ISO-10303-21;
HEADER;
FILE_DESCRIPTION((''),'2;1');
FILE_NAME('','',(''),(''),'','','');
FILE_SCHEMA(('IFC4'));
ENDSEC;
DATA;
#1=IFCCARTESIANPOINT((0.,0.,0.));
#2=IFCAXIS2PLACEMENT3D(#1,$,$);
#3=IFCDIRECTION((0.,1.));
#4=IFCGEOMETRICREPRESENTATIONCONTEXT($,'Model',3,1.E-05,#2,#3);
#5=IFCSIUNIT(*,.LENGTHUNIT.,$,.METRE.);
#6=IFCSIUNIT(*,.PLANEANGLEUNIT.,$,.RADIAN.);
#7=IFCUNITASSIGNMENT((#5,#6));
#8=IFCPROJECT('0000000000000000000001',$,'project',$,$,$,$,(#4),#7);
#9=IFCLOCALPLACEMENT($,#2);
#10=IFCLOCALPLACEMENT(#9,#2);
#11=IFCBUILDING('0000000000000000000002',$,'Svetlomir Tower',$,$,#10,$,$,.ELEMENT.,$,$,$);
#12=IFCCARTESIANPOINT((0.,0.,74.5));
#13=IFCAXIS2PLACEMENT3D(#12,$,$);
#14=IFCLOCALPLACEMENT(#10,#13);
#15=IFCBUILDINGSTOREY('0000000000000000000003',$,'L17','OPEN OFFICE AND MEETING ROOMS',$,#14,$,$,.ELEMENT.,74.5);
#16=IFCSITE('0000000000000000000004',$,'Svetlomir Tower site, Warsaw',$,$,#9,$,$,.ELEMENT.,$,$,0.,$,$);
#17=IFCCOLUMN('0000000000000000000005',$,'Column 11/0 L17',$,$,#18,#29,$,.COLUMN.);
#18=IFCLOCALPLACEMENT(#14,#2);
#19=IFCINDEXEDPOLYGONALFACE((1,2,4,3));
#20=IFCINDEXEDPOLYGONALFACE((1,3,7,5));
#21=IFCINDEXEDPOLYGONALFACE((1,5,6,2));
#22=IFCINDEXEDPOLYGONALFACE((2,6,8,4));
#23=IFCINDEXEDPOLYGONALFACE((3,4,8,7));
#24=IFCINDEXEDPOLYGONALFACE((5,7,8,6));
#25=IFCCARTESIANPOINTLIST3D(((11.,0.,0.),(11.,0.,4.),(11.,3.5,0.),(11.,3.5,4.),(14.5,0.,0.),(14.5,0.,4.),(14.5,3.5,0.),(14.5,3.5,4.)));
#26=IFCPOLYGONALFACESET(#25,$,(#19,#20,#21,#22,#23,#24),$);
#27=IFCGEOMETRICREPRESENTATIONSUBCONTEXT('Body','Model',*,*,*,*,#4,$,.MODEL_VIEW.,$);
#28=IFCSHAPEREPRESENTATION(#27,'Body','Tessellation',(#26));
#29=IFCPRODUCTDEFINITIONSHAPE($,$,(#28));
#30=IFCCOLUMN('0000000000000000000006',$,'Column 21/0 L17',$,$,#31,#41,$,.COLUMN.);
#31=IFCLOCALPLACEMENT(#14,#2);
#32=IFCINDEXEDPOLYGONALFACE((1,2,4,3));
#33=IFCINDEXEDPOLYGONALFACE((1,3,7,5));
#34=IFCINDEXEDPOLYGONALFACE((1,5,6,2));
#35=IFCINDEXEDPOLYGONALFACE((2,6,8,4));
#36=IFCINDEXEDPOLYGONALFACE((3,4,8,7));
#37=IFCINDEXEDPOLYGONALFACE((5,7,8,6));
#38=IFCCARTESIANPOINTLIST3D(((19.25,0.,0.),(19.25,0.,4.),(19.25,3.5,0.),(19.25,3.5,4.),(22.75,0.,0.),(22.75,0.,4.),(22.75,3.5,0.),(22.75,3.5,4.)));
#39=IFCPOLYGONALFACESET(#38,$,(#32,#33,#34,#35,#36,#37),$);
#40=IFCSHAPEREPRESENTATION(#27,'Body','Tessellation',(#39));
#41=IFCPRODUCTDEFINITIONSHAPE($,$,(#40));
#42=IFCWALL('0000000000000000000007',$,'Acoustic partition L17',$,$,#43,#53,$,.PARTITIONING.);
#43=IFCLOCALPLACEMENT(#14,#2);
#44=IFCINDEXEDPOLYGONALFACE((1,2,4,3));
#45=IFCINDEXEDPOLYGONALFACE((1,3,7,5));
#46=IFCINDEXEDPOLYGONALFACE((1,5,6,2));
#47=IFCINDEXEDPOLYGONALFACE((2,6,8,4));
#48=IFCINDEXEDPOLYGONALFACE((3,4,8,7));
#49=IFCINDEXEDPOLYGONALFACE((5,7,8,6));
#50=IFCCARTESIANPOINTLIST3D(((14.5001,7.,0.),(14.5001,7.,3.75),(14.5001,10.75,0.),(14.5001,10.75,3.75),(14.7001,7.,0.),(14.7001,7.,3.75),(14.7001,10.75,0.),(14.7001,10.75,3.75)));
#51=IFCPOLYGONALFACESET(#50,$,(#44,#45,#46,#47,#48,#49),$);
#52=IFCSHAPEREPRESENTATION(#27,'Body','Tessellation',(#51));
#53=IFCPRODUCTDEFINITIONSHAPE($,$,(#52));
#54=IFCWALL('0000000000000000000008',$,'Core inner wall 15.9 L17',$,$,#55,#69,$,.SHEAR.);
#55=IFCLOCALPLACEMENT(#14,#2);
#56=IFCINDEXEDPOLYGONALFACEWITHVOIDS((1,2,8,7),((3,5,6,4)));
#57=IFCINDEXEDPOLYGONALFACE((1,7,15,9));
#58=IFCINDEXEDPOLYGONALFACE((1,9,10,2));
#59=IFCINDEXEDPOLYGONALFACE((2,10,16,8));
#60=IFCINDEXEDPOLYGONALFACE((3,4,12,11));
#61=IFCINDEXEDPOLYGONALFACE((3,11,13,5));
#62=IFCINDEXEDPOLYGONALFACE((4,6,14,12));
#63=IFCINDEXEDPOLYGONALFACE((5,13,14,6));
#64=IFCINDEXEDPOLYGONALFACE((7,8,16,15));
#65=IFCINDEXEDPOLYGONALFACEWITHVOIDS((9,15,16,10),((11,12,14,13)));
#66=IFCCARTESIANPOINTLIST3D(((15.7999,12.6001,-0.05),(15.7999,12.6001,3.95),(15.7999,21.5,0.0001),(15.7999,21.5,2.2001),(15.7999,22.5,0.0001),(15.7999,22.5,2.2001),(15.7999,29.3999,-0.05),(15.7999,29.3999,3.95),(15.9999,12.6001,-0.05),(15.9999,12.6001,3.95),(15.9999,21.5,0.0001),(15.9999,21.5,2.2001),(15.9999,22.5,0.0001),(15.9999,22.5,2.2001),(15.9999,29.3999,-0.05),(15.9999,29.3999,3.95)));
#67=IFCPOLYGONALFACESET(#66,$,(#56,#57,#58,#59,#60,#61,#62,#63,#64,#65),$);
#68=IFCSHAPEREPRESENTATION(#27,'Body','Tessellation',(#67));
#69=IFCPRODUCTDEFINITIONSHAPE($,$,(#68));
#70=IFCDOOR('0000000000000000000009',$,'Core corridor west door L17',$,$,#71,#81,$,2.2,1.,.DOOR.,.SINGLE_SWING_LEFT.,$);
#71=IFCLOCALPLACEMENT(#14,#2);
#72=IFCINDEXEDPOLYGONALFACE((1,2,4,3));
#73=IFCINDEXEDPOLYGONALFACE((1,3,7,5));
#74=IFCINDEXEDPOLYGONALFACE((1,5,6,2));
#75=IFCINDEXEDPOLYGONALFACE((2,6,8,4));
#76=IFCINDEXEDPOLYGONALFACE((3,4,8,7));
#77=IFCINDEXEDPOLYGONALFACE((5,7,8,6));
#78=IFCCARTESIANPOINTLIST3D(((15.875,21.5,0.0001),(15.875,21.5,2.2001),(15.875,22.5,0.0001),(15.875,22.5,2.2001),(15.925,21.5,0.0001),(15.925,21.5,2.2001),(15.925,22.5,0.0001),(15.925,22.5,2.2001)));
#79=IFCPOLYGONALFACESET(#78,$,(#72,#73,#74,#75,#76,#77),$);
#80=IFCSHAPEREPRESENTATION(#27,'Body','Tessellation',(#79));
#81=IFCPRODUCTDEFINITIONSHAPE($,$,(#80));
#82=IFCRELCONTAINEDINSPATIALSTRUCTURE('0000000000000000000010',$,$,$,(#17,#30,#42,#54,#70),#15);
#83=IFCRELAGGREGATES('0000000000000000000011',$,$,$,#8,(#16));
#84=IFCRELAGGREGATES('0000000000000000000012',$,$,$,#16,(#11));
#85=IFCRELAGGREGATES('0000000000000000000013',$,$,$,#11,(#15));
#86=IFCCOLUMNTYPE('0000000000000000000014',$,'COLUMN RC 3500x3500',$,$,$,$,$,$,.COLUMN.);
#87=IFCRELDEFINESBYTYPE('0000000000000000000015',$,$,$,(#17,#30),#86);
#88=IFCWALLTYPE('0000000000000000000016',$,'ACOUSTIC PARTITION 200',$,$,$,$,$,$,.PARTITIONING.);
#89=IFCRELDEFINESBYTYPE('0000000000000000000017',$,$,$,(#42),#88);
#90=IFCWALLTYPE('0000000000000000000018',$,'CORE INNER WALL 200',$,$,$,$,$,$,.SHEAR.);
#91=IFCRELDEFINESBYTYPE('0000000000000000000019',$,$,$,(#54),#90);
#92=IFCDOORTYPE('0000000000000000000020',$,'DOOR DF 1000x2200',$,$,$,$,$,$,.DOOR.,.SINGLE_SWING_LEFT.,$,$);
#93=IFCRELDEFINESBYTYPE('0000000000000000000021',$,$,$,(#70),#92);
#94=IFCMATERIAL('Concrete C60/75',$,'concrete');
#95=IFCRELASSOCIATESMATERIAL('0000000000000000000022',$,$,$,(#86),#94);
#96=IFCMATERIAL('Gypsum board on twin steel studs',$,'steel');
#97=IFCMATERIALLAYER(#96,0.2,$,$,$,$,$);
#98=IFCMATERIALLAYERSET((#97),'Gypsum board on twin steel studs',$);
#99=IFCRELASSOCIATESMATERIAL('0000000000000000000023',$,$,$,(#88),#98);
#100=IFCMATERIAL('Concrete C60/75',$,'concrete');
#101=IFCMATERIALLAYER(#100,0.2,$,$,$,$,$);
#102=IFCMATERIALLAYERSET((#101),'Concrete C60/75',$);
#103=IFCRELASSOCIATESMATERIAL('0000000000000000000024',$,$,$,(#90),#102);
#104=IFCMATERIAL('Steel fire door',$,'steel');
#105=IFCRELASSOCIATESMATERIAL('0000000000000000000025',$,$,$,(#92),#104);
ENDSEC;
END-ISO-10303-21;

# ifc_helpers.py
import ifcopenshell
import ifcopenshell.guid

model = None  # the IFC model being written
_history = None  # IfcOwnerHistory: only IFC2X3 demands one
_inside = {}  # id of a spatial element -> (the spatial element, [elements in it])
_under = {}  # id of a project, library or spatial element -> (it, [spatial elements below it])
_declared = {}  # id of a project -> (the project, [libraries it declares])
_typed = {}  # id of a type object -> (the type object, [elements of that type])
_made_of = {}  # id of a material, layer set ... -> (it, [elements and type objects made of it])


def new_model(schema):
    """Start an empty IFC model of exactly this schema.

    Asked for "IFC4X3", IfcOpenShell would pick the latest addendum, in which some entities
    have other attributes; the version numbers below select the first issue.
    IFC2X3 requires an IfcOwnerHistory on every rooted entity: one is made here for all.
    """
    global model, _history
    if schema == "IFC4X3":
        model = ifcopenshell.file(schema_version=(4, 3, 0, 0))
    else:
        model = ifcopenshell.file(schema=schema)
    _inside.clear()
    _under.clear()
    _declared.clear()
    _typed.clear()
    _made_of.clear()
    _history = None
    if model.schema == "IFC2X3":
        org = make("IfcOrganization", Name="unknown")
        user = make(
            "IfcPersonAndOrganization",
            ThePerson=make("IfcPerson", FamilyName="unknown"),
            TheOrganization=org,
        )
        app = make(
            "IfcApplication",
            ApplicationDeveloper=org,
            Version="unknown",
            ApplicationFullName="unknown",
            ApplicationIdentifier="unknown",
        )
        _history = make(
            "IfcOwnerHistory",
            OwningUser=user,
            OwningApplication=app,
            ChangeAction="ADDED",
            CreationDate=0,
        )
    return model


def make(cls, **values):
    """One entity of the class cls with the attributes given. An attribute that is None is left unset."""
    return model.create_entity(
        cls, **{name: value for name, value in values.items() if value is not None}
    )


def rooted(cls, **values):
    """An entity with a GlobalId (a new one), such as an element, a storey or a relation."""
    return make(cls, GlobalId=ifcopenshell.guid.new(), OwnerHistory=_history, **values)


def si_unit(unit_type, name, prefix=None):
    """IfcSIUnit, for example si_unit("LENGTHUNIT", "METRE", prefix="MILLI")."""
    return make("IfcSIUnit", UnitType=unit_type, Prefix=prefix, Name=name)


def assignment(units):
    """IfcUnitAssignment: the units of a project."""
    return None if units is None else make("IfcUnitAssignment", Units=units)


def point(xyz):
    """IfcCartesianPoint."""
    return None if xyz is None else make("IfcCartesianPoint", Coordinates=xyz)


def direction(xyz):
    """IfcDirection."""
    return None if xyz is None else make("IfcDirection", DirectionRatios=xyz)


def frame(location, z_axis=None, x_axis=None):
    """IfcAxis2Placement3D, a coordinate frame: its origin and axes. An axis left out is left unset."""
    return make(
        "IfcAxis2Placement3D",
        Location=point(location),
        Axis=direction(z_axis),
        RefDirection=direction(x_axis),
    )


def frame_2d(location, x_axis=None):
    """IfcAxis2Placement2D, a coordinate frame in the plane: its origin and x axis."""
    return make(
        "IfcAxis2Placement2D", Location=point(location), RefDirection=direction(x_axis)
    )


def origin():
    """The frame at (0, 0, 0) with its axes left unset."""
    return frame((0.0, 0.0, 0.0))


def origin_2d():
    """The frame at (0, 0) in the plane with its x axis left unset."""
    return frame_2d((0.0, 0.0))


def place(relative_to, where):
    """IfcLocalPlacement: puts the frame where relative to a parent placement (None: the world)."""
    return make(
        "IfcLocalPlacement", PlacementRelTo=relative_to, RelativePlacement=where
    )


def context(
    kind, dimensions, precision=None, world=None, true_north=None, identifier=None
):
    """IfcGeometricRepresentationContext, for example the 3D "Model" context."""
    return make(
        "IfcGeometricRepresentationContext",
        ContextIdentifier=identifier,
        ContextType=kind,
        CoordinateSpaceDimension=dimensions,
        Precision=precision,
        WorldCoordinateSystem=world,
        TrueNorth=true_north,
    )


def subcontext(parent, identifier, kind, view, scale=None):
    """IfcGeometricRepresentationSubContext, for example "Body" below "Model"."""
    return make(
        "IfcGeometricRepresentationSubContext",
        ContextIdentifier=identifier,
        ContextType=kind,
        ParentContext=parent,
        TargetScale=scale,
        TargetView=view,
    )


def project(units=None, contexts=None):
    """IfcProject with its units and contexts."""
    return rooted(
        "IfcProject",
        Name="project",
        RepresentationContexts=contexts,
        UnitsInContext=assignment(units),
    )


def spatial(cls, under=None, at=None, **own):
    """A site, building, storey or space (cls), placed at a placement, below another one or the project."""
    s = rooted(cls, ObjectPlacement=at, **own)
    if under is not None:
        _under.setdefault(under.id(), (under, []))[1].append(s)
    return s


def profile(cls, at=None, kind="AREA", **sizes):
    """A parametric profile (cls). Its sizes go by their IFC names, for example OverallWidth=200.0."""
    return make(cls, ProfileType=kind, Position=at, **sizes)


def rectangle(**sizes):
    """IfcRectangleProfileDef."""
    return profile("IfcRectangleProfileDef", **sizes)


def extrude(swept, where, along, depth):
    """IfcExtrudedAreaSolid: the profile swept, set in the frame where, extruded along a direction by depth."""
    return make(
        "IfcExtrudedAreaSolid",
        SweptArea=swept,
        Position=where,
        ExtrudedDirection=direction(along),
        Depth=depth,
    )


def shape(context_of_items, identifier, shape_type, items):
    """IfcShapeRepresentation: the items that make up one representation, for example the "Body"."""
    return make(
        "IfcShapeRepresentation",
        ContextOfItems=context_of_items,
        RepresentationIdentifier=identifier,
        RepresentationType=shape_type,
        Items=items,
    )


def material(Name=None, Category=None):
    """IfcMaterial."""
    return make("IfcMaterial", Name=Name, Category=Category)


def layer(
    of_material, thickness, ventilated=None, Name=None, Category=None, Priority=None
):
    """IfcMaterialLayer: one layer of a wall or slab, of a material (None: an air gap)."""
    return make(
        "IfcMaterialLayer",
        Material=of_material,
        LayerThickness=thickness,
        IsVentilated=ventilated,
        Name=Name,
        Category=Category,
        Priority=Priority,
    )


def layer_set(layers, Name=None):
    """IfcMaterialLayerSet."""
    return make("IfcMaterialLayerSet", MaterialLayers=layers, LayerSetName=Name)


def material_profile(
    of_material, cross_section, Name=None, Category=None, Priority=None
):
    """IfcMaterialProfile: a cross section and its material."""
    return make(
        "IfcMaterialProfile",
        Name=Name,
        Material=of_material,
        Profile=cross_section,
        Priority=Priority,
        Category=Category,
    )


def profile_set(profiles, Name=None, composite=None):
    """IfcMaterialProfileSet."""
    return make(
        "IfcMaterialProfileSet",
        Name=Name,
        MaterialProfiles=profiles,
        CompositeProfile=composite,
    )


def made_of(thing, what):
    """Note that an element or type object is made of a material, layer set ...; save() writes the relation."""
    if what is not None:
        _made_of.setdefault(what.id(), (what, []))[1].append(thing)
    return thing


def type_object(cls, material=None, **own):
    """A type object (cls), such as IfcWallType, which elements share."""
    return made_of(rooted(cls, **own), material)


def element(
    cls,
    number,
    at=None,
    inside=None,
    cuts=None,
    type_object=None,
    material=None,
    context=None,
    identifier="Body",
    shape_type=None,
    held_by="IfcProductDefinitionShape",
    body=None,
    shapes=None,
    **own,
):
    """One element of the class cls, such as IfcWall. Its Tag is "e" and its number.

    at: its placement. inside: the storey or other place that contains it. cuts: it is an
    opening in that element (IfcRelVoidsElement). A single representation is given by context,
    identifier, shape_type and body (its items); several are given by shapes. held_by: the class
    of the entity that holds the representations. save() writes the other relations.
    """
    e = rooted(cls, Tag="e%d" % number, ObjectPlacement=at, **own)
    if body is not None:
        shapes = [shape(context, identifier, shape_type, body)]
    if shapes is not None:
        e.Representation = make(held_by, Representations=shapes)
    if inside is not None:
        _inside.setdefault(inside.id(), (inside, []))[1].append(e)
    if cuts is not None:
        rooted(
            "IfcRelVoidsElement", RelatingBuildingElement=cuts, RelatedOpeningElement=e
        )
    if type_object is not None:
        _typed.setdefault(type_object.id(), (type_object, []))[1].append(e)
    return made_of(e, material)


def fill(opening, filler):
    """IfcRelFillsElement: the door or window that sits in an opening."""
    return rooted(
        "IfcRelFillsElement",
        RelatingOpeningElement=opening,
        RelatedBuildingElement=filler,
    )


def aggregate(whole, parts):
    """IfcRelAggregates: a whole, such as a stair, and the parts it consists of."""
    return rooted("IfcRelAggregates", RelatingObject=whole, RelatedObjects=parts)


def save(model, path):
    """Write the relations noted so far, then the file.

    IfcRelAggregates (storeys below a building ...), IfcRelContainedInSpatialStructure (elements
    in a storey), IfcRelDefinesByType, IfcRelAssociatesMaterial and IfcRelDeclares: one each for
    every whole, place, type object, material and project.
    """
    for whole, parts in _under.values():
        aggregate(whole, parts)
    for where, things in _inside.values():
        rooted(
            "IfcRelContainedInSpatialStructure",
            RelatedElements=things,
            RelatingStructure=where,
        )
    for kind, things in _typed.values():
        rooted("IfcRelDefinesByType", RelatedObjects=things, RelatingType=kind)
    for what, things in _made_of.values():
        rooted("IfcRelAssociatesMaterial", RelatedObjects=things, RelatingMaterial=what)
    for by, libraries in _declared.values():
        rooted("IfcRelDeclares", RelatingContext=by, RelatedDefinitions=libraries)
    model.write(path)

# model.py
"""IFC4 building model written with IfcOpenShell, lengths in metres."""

from ifc_helpers import new_model, si_unit, direction, frame, frame_2d, origin, origin_2d, place, context, subcontext, project, spatial, rectangle, extrude, material, layer, layer_set, material_profile, profile_set, type_object, element, fill, save


model = new_model("IFC4")

# Units and contexts
model_context = context("Model", 3, precision=1e-05, world=origin(), true_north=direction((0.0, 1.0)))
body_context = subcontext(model_context, "Body", "Model", "MODEL_VIEW")
ifc_project = project(units=[si_unit("LENGTHUNIT", "METRE"), si_unit("PLANEANGLEUNIT", "RADIAN")], contexts=[model_context])

# Site, building, storey
site_placement = place(None, origin())
site = spatial("IfcSite", under=ifc_project, at=site_placement, Name="Svetlomir Tower site, Warsaw", CompositionType="ELEMENT", RefElevation=0.0)
building_placement = place(site_placement, origin())
building = spatial("IfcBuilding", under=site, at=building_placement, Name="Svetlomir Tower", CompositionType="ELEMENT")
storey_placement = place(building_placement, frame((0.0, 0.0, 74.5)))
storey = spatial("IfcBuildingStorey", under=building, at=storey_placement, Name="L17", Description="OPEN OFFICE AND MEETING ROOMS", CompositionType="ELEMENT", Elevation=74.5)

# Columns
ifc_material_1 = material(Name="Concrete C60/75", Category="concrete")
ifc_material_profile = material_profile(ifc_material_1, rectangle(XDim=3.5, YDim=3.5, at=origin_2d()), Name="RC 3500x3500")
ifc_profile_set = profile_set([ifc_material_profile], Name="Concrete C60/75")
column_type = type_object("IfcColumnType", Name="COLUMN RC 3500x3500", PredefinedType="COLUMN", material=ifc_profile_set)
for number, where, z_axis, x_axis, name in (
    (1, (12.75, 1.75, 0.0), (0.0, 0.0, 1.0), (1.0, 0.0, 0.0), "Column 11/0 L17"),
    (2, (21.0, 1.75, 0.0), (0.0, 0.0, 1.0), (1.0, 0.0, 0.0), "Column 21/0 L17"),
):
    element("IfcColumn", number, at=place(storey_placement, frame(where, z_axis=z_axis, x_axis=x_axis)), inside=storey, type_object=column_type, Name=name, PredefinedType="COLUMN", context=body_context, shape_type="SweptSolid", body=[
        extrude(rectangle(XDim=3.5, YDim=3.5, at=origin_2d()), origin(), (0.0, 0.0, 1.0), 4.0),
    ])

# Wall
ifc_material_2 = material(Name="Gypsum board on twin steel studs", Category="steel")
ifc_layer_1 = layer(ifc_material_2, 0.2)
ifc_layer_set_1 = layer_set([ifc_layer_1], Name="Gypsum board on twin steel studs")
wall_type_1 = type_object("IfcWallType", Name="ACOUSTIC PARTITION 200", PredefinedType="PARTITIONING", material=ifc_layer_set_1)
wall_1_placement = place(storey_placement, frame((14.6001, 7.0, 0.0), z_axis=(0.0, 0.0, 1.0), x_axis=(0.0, 1.0, 0.0)))
element("IfcWall", 3, at=wall_1_placement, inside=storey, type_object=wall_type_1, Name="Acoustic partition L17", PredefinedType="PARTITIONING", context=body_context, shape_type="SweptSolid", body=[
    extrude(rectangle(XDim=3.75, YDim=0.2, at=frame_2d((1.875, 0.0))), origin(), (0.0, 0.0, 1.0), 3.75),
])

# Wall, opening, door
ifc_material_3 = material(Name="Concrete C60/75", Category="concrete")
ifc_layer_2 = layer(ifc_material_3, 0.2)
ifc_layer_set_2 = layer_set([ifc_layer_2], Name="Concrete C60/75")
wall_type_2 = type_object("IfcWallType", Name="CORE INNER WALL 200", PredefinedType="SHEAR", material=ifc_layer_set_2)
wall_2_placement = place(storey_placement, frame((15.8999, 12.6001, -0.05), z_axis=(0.0, 0.0, 1.0), x_axis=(0.0, 1.0, 0.0)))
wall_2 = element("IfcWall", 4, at=wall_2_placement, inside=storey, type_object=wall_type_2, Name="Core inner wall 15.9 L17", PredefinedType="SHEAR", context=body_context, shape_type="SweptSolid", body=[
    extrude(rectangle(XDim=16.7998, YDim=0.2, at=frame_2d((8.3999, 0.0))), origin(), (0.0, 0.0, 1.0), 4.0),
])
opening_1_placement = place(wall_2_placement, frame((8.8999, 0.0, 0.05)))
opening_1 = element("IfcOpeningElement", 5, at=opening_1_placement, cuts=wall_2, PredefinedType="OPENING", context=body_context, shape_type="SweptSolid", body=[
    extrude(rectangle(XDim=1.0, YDim=2.2, at=frame_2d((0.5, 1.1001))), frame((0.0, 0.1099, 0.0), z_axis=(0.0, -1.0, 0.0), x_axis=(1.0, 0.0, 0.0)), (0.0, 0.0, 1.0), 0.22),
])
ifc_material_4 = material(Name="Steel fire door", Category="steel")
door_type_1 = type_object("IfcDoorType", Name="DOOR DF 1000x2200", OperationType="SINGLE_SWING_LEFT", PredefinedType="DOOR", material=ifc_material_4)
door_1_placement = place(opening_1_placement, origin())
door_1 = element("IfcDoor", 6, at=door_1_placement, inside=storey, type_object=door_type_1, Name="Core corridor west door L17", OperationType="SINGLE_SWING_LEFT", OverallHeight=2.2, OverallWidth=1.0, PredefinedType="DOOR", context=body_context, shape_type="SweptSolid", body=[
    extrude(rectangle(XDim=1.0, YDim=2.2, at=frame_2d((0.5, 1.1001))), frame((0.0, 0.0249, 0.0), z_axis=(0.0, -1.0, 0.0), x_axis=(1.0, 0.0, 0.0)), (0.0, 0.0, 1.0), 0.05),
])
fill(opening_1, door_1)

save(model, "model.ifc")
